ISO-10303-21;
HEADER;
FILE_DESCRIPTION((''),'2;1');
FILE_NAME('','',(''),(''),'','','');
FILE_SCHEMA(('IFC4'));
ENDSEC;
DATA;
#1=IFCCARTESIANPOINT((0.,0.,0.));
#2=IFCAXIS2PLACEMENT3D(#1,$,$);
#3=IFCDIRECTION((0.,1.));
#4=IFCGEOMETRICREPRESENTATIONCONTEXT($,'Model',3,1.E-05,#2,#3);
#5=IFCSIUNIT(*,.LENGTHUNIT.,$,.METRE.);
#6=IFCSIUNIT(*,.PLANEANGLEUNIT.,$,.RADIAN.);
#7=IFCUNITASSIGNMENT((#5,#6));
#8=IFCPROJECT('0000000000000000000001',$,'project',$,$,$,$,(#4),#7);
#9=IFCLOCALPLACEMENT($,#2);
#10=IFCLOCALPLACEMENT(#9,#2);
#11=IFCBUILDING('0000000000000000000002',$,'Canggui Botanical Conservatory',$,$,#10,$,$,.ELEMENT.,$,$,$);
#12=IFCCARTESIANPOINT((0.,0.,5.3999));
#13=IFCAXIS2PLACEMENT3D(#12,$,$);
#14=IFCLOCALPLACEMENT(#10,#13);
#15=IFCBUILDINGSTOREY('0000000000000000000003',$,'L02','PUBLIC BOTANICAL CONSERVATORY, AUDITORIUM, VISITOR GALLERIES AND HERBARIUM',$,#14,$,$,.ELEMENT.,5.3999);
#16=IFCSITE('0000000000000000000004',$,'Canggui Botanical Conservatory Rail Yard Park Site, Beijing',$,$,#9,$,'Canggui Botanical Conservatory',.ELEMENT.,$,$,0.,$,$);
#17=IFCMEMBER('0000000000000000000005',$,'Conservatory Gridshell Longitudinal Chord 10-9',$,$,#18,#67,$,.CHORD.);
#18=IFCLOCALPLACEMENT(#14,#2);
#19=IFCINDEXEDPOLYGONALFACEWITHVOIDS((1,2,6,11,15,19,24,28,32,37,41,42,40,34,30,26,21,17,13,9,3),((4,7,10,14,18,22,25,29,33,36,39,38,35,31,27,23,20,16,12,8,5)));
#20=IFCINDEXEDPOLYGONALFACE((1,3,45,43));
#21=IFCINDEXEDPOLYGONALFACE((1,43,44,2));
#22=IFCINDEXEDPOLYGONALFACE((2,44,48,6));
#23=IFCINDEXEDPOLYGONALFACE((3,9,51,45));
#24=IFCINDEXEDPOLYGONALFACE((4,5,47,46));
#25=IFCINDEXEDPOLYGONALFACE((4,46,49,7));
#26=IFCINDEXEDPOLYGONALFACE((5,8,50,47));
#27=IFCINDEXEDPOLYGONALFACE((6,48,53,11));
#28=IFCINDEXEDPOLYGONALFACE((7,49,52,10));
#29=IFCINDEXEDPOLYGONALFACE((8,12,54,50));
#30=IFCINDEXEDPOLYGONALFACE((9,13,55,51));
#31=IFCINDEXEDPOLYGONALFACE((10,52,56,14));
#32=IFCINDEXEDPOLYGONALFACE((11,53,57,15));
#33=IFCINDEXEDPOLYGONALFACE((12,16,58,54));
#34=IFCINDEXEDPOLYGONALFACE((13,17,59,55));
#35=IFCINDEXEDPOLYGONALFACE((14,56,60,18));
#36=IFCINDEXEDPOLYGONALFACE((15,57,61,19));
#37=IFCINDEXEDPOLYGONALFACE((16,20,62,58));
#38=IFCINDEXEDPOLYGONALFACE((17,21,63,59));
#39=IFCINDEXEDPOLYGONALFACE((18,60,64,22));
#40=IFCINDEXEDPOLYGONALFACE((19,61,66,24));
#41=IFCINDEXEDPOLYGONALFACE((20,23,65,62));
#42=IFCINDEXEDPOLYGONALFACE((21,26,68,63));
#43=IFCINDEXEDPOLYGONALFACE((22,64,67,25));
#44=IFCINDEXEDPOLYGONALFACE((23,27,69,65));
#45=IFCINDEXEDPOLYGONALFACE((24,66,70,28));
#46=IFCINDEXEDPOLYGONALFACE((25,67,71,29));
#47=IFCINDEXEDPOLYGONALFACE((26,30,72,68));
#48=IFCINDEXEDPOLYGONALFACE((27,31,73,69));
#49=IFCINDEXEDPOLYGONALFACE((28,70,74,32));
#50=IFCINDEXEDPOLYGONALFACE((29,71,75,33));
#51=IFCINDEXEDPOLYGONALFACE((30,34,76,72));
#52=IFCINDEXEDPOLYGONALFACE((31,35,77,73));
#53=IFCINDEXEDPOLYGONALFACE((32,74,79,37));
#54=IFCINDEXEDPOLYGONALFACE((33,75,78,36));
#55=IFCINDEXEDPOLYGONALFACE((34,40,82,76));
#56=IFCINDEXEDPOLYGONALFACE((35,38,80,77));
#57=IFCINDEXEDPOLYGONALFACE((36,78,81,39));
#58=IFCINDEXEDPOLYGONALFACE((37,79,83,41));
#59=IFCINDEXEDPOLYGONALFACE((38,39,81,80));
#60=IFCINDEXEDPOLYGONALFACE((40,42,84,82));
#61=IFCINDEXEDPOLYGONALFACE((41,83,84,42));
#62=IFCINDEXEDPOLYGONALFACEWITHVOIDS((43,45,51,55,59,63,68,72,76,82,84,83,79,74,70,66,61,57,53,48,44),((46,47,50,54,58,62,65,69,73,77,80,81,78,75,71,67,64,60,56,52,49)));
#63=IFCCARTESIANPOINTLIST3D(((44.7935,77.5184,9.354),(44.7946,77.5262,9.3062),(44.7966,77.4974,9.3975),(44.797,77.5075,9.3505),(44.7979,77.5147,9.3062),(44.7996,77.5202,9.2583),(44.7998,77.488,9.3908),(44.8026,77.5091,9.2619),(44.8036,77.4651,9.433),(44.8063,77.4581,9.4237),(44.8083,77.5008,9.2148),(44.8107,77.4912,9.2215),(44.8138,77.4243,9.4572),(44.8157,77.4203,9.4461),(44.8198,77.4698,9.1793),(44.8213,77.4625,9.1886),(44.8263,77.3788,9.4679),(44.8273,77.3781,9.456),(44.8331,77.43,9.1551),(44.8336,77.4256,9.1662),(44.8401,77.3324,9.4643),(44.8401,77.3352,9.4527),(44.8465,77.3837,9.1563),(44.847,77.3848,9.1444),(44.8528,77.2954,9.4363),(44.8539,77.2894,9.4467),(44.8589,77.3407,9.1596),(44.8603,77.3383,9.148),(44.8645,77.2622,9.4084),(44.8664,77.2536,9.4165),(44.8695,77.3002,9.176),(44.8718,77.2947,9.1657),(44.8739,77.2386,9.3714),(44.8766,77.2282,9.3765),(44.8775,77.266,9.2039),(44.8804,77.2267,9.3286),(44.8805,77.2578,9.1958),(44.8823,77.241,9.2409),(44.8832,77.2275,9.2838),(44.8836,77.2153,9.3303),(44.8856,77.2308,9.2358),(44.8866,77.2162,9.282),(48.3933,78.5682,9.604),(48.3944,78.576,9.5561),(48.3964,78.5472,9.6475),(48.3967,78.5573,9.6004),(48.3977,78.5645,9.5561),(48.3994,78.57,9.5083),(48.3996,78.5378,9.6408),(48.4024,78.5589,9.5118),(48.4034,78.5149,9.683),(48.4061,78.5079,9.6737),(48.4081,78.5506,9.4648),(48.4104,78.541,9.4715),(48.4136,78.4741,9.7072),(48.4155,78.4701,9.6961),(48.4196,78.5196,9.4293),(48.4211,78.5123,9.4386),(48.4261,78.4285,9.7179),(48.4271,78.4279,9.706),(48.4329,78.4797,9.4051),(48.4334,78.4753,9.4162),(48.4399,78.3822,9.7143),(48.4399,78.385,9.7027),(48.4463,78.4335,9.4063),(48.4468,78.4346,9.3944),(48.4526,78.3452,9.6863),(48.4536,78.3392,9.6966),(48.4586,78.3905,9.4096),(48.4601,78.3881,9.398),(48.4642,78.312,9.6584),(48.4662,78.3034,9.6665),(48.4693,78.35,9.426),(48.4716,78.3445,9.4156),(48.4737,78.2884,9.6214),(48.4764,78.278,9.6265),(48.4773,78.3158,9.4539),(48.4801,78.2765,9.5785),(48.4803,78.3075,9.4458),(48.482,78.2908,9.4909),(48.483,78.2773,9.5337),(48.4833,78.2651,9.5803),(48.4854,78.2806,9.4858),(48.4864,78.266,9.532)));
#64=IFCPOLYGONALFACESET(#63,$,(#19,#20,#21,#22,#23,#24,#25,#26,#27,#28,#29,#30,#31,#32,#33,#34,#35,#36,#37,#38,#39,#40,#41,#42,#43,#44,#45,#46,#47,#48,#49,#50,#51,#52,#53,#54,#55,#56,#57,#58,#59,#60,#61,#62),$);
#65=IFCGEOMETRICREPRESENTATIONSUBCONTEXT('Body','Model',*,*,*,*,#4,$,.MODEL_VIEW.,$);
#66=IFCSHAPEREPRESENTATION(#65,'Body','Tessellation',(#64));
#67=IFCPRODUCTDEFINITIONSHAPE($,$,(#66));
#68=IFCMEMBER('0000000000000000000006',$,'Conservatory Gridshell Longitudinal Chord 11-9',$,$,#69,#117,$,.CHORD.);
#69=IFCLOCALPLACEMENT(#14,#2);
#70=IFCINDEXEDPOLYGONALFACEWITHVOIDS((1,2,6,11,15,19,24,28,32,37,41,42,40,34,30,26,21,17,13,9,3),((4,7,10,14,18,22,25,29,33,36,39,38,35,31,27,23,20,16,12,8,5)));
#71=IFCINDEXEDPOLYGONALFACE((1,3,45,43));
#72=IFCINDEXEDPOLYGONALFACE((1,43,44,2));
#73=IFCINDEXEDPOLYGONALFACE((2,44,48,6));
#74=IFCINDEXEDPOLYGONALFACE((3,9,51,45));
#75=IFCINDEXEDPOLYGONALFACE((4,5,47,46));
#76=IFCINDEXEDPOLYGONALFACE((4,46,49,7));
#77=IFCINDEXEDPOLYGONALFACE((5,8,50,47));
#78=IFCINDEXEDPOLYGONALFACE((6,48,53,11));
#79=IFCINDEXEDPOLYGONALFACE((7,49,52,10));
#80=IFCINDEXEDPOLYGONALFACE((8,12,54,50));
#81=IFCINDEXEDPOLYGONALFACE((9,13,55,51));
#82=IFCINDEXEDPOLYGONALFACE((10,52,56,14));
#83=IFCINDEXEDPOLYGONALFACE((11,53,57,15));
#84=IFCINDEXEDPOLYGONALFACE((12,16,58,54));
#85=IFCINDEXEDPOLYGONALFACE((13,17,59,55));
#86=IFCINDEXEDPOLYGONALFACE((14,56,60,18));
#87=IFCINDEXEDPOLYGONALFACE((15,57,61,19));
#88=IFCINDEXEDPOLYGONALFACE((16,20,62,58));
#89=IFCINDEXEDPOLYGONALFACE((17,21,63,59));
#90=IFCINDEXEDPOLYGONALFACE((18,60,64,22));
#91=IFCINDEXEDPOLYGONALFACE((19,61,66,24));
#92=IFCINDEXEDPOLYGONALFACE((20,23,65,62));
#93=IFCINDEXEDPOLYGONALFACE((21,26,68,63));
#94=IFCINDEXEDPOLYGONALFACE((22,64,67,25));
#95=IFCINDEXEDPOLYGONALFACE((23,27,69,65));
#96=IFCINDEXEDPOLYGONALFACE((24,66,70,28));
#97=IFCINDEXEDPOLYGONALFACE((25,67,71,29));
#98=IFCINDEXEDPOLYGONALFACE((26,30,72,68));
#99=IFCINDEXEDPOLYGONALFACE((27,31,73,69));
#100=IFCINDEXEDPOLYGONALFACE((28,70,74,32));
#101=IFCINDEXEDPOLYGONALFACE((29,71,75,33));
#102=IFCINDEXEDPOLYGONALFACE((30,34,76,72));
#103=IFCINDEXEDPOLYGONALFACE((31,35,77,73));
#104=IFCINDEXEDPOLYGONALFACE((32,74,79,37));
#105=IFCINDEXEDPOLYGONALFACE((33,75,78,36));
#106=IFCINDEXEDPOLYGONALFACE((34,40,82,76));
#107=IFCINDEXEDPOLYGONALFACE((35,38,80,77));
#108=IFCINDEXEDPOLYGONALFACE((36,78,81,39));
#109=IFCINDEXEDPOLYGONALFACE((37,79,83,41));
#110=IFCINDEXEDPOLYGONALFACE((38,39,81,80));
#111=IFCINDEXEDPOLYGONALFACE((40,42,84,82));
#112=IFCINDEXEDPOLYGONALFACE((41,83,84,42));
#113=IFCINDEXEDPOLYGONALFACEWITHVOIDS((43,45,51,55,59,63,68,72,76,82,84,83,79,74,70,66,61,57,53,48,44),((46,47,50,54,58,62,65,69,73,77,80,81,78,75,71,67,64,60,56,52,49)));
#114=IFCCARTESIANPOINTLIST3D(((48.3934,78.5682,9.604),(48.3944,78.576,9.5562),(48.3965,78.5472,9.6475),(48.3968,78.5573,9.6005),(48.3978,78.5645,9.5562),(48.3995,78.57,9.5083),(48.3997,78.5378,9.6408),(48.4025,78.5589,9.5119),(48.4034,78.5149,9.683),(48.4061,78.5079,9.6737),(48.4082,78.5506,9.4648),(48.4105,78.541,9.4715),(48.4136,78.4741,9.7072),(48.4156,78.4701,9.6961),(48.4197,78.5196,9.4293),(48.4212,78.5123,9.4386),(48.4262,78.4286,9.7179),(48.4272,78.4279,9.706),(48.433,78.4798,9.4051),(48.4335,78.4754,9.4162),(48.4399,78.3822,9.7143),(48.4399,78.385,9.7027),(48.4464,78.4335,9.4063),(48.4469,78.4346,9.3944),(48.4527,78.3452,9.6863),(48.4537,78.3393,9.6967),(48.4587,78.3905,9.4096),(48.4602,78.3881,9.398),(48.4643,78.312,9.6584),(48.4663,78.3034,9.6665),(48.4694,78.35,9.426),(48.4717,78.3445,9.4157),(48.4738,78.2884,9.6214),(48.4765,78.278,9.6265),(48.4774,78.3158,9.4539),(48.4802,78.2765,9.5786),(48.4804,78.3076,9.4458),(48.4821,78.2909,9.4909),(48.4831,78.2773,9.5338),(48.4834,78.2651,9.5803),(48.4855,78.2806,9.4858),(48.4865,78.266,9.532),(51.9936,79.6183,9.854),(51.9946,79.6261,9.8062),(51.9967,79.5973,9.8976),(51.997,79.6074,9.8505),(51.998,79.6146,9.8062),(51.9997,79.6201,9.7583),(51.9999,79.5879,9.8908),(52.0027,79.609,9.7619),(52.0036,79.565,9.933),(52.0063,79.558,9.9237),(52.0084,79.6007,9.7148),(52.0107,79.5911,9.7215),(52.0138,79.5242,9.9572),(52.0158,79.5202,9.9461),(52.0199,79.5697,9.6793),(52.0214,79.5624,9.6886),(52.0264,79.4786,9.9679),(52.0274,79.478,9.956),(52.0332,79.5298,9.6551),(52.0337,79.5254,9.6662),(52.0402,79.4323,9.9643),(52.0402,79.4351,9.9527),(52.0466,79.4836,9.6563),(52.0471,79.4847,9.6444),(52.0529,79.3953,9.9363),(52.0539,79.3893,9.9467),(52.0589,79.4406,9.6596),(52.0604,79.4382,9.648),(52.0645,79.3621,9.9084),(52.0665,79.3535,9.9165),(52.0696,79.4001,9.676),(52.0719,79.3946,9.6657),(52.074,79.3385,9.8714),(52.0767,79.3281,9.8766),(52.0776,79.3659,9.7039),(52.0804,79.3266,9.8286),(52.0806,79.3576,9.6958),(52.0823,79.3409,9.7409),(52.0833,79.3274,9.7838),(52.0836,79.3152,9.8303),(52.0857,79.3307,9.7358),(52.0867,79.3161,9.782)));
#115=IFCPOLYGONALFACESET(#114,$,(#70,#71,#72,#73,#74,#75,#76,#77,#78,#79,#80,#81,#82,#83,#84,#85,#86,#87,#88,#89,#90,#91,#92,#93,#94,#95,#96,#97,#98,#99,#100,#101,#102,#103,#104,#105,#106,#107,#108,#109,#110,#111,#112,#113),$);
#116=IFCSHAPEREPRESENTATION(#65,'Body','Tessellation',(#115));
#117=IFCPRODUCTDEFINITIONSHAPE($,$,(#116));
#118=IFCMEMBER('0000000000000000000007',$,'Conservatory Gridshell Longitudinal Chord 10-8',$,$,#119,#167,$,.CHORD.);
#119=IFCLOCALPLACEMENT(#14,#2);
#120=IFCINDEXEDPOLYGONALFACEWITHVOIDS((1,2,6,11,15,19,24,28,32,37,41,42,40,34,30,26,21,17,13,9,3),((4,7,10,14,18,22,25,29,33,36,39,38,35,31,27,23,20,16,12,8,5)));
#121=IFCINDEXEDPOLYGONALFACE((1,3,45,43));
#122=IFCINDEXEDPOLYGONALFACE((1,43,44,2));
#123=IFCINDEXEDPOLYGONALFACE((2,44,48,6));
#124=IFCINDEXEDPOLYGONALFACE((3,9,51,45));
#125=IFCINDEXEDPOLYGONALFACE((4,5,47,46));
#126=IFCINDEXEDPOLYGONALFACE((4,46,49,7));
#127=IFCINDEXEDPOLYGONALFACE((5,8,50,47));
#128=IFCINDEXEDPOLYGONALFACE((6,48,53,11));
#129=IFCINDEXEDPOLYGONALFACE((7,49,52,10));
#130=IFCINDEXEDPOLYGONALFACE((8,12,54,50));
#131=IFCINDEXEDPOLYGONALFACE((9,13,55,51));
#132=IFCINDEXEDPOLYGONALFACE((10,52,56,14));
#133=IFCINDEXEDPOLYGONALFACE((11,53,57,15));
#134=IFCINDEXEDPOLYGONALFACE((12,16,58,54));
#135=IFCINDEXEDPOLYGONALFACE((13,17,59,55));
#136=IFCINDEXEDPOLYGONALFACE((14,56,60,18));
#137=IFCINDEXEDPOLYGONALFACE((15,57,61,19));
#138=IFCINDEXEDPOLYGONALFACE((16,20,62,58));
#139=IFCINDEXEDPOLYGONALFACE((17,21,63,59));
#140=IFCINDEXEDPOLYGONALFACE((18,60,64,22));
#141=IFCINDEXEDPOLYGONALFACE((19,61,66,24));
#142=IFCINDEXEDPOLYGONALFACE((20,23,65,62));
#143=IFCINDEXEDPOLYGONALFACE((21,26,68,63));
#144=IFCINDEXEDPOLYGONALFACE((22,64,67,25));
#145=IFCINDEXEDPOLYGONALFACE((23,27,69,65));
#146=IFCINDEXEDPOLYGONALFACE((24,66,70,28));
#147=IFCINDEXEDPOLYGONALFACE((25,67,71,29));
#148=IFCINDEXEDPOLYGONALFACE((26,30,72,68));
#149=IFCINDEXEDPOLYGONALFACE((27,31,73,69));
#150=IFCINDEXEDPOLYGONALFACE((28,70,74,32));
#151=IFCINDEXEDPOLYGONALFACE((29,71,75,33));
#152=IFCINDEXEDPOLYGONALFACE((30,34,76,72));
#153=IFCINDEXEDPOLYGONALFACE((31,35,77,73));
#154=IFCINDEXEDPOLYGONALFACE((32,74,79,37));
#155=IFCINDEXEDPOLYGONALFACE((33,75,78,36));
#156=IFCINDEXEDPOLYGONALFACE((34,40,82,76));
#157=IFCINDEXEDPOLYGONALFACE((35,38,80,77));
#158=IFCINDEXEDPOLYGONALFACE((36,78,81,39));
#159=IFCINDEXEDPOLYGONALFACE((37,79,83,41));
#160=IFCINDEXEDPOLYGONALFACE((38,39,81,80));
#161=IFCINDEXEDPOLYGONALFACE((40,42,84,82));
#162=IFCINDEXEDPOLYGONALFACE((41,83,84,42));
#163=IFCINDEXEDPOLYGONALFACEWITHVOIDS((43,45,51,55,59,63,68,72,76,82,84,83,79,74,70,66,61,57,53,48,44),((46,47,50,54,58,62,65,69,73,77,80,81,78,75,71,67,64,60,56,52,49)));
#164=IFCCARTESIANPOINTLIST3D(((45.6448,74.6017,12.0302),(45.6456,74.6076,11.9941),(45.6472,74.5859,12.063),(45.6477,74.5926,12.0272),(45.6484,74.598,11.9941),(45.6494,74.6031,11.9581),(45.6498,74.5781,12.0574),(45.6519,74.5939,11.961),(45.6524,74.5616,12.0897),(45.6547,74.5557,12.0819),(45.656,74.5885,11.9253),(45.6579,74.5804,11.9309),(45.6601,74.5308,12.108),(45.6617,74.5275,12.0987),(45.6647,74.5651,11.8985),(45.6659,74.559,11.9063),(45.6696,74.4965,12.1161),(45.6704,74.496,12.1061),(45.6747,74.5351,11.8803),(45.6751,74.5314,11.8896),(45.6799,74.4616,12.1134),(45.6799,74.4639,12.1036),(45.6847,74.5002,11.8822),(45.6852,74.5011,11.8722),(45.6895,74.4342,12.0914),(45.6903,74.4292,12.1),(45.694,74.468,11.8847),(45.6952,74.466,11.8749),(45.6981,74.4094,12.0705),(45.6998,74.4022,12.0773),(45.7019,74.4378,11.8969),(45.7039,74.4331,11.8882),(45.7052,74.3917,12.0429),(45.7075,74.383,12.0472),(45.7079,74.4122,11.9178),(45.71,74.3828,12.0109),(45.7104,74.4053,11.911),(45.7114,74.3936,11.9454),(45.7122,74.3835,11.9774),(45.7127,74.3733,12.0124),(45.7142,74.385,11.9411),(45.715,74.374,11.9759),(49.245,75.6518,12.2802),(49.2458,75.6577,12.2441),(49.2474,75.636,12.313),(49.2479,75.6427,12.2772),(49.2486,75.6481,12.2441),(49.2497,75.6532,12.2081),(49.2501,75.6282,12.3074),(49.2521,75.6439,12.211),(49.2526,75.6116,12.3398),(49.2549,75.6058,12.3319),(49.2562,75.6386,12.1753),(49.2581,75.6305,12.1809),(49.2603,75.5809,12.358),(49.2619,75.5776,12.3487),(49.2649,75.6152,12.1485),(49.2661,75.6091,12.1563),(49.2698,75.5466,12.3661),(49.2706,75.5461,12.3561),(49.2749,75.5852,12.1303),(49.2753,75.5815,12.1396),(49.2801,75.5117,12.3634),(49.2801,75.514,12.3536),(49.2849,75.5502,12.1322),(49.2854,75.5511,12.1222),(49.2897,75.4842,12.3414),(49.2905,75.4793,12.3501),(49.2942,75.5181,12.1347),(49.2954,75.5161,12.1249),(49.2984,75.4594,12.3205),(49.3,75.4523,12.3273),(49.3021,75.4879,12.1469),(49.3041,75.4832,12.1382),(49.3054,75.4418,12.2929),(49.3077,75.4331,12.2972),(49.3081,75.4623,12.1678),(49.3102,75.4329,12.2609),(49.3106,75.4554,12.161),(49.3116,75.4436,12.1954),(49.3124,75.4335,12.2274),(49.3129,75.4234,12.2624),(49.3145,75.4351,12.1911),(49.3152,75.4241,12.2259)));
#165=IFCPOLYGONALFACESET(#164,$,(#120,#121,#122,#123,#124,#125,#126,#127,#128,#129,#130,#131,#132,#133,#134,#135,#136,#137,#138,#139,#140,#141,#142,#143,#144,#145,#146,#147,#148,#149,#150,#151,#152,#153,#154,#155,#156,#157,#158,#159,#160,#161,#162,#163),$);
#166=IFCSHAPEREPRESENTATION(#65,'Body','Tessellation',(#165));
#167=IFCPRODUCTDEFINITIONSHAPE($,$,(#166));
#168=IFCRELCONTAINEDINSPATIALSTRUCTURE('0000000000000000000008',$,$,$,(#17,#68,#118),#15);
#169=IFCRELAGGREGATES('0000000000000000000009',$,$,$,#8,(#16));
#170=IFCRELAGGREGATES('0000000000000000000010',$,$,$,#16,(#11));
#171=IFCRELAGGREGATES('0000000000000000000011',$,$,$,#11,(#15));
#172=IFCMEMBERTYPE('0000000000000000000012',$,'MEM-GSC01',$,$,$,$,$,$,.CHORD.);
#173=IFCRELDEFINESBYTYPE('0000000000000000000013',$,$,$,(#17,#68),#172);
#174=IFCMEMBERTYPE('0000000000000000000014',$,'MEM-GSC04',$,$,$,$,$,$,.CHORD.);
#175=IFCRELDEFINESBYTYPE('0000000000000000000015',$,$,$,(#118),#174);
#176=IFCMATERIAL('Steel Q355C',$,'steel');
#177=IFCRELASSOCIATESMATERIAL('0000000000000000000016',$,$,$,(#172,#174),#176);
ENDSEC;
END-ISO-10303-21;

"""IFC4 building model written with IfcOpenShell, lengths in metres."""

from ifc_helpers import new_model, si_unit, direction, frame, origin, origin_2d, place, context, subcontext, project, spatial, hollow_circle, extrude, material, material_profile, profile_set, type_object, element, save


model = new_model("IFC4")

# Units and contexts
model_context = context("Model", 3, precision=1e-05, world=origin(), true_north=direction((0.0, 1.0)))
body_context = subcontext(model_context, "Body", "Model", "MODEL_VIEW")
ifc_project = project(units=[si_unit("LENGTHUNIT", "METRE"), si_unit("PLANEANGLEUNIT", "RADIAN")], contexts=[model_context])

# Site, building, storey
site_placement = place(None, origin())
site = spatial("IfcSite", under=ifc_project, at=site_placement, Name="Canggui Botanical Conservatory Rail Yard Park Site, Beijing", LongName="Canggui Botanical Conservatory", CompositionType="ELEMENT", RefElevation=0.0)
building_placement = place(site_placement, origin())
building = spatial("IfcBuilding", under=site, at=building_placement, Name="Canggui Botanical Conservatory", CompositionType="ELEMENT")
storey_placement = place(building_placement, frame((0.0, 0.0, 5.3999)))
storey = spatial("IfcBuildingStorey", under=building, at=storey_placement, Name="L02", Description="PUBLIC BOTANICAL CONSERVATORY, AUDITORIUM, VISITOR GALLERIES AND HERBARIUM", CompositionType="ELEMENT", Elevation=5.3999)

# Shared definitions
ifc_material_1 = material(Name="Steel Q355C", Category="steel")

# Members
ifc_material_profile_1 = material_profile(ifc_material_1, hollow_circle(Radius=0.1626, WallThickness=0.012, at=origin_2d()), Name="CHS 325x12")
ifc_profile_set_1 = profile_set([ifc_material_profile_1], Name="Steel Q355C")
member_type_1 = type_object("IfcMemberType", Name="MEM-GSC01", PredefinedType="CHORD", material=ifc_profile_set_1)
member_1_placement = place(storey_placement, frame((44.8401, 77.3701, 9.3062), z_axis=(0.957884, 0.279342, 0.066522), x_axis=(-0.279962, 0.960011, 0.0)))
element("IfcMember", 1, at=member_1_placement, inside=storey, type_object=member_type_1, Name="Conservatory Gridshell Longitudinal Chord 10-9", PredefinedType="CHORD", context=body_context, shape_type="SweptSolid", body=[
    extrude(hollow_circle(Radius=0.1626, WallThickness=0.012, at=origin_2d()), origin(), (0.0, 0.0, 1.0), 3.7581),
])
member_2_placement = place(storey_placement, frame((48.4399, 78.4199, 9.5562), z_axis=(0.957872, 0.279385, 0.066517), x_axis=(-0.280005, 0.959999, 0.0)))
element("IfcMember", 2, at=member_2_placement, inside=storey, type_object=member_type_1, Name="Conservatory Gridshell Longitudinal Chord 11-9", PredefinedType="CHORD", context=body_context, shape_type="SweptSolid", body=[
    extrude(hollow_circle(Radius=0.1626, WallThickness=0.012, at=origin_2d()), origin(), (0.0, 0.0, 1.0), 3.7585),
])
ifc_material_profile_2 = material_profile(ifc_material_1, hollow_circle(Radius=0.1226, WallThickness=0.01, at=origin_2d()), Name="CHS 245x10")
ifc_profile_set_2 = profile_set([ifc_material_profile_2], Name="Steel Q355C")
member_type_2 = type_object("IfcMemberType", Name="MEM-GSC04", PredefinedType="CHORD", material=ifc_profile_set_2)
member_3_placement = place(storey_placement, frame((45.6799, 74.49, 11.9941), z_axis=(0.957872, 0.279385, 0.066517), x_axis=(-0.280005, 0.959999, 0.0)))
element("IfcMember", 3, at=member_3_placement, inside=storey, type_object=member_type_2, Name="Conservatory Gridshell Longitudinal Chord 10-8", PredefinedType="CHORD", context=body_context, shape_type="SweptSolid", body=[
    extrude(hollow_circle(Radius=0.1226, WallThickness=0.01, at=origin_2d()), origin(), (0.0, 0.0, 1.0), 3.7585),
])

save(model, "model.ifc")
